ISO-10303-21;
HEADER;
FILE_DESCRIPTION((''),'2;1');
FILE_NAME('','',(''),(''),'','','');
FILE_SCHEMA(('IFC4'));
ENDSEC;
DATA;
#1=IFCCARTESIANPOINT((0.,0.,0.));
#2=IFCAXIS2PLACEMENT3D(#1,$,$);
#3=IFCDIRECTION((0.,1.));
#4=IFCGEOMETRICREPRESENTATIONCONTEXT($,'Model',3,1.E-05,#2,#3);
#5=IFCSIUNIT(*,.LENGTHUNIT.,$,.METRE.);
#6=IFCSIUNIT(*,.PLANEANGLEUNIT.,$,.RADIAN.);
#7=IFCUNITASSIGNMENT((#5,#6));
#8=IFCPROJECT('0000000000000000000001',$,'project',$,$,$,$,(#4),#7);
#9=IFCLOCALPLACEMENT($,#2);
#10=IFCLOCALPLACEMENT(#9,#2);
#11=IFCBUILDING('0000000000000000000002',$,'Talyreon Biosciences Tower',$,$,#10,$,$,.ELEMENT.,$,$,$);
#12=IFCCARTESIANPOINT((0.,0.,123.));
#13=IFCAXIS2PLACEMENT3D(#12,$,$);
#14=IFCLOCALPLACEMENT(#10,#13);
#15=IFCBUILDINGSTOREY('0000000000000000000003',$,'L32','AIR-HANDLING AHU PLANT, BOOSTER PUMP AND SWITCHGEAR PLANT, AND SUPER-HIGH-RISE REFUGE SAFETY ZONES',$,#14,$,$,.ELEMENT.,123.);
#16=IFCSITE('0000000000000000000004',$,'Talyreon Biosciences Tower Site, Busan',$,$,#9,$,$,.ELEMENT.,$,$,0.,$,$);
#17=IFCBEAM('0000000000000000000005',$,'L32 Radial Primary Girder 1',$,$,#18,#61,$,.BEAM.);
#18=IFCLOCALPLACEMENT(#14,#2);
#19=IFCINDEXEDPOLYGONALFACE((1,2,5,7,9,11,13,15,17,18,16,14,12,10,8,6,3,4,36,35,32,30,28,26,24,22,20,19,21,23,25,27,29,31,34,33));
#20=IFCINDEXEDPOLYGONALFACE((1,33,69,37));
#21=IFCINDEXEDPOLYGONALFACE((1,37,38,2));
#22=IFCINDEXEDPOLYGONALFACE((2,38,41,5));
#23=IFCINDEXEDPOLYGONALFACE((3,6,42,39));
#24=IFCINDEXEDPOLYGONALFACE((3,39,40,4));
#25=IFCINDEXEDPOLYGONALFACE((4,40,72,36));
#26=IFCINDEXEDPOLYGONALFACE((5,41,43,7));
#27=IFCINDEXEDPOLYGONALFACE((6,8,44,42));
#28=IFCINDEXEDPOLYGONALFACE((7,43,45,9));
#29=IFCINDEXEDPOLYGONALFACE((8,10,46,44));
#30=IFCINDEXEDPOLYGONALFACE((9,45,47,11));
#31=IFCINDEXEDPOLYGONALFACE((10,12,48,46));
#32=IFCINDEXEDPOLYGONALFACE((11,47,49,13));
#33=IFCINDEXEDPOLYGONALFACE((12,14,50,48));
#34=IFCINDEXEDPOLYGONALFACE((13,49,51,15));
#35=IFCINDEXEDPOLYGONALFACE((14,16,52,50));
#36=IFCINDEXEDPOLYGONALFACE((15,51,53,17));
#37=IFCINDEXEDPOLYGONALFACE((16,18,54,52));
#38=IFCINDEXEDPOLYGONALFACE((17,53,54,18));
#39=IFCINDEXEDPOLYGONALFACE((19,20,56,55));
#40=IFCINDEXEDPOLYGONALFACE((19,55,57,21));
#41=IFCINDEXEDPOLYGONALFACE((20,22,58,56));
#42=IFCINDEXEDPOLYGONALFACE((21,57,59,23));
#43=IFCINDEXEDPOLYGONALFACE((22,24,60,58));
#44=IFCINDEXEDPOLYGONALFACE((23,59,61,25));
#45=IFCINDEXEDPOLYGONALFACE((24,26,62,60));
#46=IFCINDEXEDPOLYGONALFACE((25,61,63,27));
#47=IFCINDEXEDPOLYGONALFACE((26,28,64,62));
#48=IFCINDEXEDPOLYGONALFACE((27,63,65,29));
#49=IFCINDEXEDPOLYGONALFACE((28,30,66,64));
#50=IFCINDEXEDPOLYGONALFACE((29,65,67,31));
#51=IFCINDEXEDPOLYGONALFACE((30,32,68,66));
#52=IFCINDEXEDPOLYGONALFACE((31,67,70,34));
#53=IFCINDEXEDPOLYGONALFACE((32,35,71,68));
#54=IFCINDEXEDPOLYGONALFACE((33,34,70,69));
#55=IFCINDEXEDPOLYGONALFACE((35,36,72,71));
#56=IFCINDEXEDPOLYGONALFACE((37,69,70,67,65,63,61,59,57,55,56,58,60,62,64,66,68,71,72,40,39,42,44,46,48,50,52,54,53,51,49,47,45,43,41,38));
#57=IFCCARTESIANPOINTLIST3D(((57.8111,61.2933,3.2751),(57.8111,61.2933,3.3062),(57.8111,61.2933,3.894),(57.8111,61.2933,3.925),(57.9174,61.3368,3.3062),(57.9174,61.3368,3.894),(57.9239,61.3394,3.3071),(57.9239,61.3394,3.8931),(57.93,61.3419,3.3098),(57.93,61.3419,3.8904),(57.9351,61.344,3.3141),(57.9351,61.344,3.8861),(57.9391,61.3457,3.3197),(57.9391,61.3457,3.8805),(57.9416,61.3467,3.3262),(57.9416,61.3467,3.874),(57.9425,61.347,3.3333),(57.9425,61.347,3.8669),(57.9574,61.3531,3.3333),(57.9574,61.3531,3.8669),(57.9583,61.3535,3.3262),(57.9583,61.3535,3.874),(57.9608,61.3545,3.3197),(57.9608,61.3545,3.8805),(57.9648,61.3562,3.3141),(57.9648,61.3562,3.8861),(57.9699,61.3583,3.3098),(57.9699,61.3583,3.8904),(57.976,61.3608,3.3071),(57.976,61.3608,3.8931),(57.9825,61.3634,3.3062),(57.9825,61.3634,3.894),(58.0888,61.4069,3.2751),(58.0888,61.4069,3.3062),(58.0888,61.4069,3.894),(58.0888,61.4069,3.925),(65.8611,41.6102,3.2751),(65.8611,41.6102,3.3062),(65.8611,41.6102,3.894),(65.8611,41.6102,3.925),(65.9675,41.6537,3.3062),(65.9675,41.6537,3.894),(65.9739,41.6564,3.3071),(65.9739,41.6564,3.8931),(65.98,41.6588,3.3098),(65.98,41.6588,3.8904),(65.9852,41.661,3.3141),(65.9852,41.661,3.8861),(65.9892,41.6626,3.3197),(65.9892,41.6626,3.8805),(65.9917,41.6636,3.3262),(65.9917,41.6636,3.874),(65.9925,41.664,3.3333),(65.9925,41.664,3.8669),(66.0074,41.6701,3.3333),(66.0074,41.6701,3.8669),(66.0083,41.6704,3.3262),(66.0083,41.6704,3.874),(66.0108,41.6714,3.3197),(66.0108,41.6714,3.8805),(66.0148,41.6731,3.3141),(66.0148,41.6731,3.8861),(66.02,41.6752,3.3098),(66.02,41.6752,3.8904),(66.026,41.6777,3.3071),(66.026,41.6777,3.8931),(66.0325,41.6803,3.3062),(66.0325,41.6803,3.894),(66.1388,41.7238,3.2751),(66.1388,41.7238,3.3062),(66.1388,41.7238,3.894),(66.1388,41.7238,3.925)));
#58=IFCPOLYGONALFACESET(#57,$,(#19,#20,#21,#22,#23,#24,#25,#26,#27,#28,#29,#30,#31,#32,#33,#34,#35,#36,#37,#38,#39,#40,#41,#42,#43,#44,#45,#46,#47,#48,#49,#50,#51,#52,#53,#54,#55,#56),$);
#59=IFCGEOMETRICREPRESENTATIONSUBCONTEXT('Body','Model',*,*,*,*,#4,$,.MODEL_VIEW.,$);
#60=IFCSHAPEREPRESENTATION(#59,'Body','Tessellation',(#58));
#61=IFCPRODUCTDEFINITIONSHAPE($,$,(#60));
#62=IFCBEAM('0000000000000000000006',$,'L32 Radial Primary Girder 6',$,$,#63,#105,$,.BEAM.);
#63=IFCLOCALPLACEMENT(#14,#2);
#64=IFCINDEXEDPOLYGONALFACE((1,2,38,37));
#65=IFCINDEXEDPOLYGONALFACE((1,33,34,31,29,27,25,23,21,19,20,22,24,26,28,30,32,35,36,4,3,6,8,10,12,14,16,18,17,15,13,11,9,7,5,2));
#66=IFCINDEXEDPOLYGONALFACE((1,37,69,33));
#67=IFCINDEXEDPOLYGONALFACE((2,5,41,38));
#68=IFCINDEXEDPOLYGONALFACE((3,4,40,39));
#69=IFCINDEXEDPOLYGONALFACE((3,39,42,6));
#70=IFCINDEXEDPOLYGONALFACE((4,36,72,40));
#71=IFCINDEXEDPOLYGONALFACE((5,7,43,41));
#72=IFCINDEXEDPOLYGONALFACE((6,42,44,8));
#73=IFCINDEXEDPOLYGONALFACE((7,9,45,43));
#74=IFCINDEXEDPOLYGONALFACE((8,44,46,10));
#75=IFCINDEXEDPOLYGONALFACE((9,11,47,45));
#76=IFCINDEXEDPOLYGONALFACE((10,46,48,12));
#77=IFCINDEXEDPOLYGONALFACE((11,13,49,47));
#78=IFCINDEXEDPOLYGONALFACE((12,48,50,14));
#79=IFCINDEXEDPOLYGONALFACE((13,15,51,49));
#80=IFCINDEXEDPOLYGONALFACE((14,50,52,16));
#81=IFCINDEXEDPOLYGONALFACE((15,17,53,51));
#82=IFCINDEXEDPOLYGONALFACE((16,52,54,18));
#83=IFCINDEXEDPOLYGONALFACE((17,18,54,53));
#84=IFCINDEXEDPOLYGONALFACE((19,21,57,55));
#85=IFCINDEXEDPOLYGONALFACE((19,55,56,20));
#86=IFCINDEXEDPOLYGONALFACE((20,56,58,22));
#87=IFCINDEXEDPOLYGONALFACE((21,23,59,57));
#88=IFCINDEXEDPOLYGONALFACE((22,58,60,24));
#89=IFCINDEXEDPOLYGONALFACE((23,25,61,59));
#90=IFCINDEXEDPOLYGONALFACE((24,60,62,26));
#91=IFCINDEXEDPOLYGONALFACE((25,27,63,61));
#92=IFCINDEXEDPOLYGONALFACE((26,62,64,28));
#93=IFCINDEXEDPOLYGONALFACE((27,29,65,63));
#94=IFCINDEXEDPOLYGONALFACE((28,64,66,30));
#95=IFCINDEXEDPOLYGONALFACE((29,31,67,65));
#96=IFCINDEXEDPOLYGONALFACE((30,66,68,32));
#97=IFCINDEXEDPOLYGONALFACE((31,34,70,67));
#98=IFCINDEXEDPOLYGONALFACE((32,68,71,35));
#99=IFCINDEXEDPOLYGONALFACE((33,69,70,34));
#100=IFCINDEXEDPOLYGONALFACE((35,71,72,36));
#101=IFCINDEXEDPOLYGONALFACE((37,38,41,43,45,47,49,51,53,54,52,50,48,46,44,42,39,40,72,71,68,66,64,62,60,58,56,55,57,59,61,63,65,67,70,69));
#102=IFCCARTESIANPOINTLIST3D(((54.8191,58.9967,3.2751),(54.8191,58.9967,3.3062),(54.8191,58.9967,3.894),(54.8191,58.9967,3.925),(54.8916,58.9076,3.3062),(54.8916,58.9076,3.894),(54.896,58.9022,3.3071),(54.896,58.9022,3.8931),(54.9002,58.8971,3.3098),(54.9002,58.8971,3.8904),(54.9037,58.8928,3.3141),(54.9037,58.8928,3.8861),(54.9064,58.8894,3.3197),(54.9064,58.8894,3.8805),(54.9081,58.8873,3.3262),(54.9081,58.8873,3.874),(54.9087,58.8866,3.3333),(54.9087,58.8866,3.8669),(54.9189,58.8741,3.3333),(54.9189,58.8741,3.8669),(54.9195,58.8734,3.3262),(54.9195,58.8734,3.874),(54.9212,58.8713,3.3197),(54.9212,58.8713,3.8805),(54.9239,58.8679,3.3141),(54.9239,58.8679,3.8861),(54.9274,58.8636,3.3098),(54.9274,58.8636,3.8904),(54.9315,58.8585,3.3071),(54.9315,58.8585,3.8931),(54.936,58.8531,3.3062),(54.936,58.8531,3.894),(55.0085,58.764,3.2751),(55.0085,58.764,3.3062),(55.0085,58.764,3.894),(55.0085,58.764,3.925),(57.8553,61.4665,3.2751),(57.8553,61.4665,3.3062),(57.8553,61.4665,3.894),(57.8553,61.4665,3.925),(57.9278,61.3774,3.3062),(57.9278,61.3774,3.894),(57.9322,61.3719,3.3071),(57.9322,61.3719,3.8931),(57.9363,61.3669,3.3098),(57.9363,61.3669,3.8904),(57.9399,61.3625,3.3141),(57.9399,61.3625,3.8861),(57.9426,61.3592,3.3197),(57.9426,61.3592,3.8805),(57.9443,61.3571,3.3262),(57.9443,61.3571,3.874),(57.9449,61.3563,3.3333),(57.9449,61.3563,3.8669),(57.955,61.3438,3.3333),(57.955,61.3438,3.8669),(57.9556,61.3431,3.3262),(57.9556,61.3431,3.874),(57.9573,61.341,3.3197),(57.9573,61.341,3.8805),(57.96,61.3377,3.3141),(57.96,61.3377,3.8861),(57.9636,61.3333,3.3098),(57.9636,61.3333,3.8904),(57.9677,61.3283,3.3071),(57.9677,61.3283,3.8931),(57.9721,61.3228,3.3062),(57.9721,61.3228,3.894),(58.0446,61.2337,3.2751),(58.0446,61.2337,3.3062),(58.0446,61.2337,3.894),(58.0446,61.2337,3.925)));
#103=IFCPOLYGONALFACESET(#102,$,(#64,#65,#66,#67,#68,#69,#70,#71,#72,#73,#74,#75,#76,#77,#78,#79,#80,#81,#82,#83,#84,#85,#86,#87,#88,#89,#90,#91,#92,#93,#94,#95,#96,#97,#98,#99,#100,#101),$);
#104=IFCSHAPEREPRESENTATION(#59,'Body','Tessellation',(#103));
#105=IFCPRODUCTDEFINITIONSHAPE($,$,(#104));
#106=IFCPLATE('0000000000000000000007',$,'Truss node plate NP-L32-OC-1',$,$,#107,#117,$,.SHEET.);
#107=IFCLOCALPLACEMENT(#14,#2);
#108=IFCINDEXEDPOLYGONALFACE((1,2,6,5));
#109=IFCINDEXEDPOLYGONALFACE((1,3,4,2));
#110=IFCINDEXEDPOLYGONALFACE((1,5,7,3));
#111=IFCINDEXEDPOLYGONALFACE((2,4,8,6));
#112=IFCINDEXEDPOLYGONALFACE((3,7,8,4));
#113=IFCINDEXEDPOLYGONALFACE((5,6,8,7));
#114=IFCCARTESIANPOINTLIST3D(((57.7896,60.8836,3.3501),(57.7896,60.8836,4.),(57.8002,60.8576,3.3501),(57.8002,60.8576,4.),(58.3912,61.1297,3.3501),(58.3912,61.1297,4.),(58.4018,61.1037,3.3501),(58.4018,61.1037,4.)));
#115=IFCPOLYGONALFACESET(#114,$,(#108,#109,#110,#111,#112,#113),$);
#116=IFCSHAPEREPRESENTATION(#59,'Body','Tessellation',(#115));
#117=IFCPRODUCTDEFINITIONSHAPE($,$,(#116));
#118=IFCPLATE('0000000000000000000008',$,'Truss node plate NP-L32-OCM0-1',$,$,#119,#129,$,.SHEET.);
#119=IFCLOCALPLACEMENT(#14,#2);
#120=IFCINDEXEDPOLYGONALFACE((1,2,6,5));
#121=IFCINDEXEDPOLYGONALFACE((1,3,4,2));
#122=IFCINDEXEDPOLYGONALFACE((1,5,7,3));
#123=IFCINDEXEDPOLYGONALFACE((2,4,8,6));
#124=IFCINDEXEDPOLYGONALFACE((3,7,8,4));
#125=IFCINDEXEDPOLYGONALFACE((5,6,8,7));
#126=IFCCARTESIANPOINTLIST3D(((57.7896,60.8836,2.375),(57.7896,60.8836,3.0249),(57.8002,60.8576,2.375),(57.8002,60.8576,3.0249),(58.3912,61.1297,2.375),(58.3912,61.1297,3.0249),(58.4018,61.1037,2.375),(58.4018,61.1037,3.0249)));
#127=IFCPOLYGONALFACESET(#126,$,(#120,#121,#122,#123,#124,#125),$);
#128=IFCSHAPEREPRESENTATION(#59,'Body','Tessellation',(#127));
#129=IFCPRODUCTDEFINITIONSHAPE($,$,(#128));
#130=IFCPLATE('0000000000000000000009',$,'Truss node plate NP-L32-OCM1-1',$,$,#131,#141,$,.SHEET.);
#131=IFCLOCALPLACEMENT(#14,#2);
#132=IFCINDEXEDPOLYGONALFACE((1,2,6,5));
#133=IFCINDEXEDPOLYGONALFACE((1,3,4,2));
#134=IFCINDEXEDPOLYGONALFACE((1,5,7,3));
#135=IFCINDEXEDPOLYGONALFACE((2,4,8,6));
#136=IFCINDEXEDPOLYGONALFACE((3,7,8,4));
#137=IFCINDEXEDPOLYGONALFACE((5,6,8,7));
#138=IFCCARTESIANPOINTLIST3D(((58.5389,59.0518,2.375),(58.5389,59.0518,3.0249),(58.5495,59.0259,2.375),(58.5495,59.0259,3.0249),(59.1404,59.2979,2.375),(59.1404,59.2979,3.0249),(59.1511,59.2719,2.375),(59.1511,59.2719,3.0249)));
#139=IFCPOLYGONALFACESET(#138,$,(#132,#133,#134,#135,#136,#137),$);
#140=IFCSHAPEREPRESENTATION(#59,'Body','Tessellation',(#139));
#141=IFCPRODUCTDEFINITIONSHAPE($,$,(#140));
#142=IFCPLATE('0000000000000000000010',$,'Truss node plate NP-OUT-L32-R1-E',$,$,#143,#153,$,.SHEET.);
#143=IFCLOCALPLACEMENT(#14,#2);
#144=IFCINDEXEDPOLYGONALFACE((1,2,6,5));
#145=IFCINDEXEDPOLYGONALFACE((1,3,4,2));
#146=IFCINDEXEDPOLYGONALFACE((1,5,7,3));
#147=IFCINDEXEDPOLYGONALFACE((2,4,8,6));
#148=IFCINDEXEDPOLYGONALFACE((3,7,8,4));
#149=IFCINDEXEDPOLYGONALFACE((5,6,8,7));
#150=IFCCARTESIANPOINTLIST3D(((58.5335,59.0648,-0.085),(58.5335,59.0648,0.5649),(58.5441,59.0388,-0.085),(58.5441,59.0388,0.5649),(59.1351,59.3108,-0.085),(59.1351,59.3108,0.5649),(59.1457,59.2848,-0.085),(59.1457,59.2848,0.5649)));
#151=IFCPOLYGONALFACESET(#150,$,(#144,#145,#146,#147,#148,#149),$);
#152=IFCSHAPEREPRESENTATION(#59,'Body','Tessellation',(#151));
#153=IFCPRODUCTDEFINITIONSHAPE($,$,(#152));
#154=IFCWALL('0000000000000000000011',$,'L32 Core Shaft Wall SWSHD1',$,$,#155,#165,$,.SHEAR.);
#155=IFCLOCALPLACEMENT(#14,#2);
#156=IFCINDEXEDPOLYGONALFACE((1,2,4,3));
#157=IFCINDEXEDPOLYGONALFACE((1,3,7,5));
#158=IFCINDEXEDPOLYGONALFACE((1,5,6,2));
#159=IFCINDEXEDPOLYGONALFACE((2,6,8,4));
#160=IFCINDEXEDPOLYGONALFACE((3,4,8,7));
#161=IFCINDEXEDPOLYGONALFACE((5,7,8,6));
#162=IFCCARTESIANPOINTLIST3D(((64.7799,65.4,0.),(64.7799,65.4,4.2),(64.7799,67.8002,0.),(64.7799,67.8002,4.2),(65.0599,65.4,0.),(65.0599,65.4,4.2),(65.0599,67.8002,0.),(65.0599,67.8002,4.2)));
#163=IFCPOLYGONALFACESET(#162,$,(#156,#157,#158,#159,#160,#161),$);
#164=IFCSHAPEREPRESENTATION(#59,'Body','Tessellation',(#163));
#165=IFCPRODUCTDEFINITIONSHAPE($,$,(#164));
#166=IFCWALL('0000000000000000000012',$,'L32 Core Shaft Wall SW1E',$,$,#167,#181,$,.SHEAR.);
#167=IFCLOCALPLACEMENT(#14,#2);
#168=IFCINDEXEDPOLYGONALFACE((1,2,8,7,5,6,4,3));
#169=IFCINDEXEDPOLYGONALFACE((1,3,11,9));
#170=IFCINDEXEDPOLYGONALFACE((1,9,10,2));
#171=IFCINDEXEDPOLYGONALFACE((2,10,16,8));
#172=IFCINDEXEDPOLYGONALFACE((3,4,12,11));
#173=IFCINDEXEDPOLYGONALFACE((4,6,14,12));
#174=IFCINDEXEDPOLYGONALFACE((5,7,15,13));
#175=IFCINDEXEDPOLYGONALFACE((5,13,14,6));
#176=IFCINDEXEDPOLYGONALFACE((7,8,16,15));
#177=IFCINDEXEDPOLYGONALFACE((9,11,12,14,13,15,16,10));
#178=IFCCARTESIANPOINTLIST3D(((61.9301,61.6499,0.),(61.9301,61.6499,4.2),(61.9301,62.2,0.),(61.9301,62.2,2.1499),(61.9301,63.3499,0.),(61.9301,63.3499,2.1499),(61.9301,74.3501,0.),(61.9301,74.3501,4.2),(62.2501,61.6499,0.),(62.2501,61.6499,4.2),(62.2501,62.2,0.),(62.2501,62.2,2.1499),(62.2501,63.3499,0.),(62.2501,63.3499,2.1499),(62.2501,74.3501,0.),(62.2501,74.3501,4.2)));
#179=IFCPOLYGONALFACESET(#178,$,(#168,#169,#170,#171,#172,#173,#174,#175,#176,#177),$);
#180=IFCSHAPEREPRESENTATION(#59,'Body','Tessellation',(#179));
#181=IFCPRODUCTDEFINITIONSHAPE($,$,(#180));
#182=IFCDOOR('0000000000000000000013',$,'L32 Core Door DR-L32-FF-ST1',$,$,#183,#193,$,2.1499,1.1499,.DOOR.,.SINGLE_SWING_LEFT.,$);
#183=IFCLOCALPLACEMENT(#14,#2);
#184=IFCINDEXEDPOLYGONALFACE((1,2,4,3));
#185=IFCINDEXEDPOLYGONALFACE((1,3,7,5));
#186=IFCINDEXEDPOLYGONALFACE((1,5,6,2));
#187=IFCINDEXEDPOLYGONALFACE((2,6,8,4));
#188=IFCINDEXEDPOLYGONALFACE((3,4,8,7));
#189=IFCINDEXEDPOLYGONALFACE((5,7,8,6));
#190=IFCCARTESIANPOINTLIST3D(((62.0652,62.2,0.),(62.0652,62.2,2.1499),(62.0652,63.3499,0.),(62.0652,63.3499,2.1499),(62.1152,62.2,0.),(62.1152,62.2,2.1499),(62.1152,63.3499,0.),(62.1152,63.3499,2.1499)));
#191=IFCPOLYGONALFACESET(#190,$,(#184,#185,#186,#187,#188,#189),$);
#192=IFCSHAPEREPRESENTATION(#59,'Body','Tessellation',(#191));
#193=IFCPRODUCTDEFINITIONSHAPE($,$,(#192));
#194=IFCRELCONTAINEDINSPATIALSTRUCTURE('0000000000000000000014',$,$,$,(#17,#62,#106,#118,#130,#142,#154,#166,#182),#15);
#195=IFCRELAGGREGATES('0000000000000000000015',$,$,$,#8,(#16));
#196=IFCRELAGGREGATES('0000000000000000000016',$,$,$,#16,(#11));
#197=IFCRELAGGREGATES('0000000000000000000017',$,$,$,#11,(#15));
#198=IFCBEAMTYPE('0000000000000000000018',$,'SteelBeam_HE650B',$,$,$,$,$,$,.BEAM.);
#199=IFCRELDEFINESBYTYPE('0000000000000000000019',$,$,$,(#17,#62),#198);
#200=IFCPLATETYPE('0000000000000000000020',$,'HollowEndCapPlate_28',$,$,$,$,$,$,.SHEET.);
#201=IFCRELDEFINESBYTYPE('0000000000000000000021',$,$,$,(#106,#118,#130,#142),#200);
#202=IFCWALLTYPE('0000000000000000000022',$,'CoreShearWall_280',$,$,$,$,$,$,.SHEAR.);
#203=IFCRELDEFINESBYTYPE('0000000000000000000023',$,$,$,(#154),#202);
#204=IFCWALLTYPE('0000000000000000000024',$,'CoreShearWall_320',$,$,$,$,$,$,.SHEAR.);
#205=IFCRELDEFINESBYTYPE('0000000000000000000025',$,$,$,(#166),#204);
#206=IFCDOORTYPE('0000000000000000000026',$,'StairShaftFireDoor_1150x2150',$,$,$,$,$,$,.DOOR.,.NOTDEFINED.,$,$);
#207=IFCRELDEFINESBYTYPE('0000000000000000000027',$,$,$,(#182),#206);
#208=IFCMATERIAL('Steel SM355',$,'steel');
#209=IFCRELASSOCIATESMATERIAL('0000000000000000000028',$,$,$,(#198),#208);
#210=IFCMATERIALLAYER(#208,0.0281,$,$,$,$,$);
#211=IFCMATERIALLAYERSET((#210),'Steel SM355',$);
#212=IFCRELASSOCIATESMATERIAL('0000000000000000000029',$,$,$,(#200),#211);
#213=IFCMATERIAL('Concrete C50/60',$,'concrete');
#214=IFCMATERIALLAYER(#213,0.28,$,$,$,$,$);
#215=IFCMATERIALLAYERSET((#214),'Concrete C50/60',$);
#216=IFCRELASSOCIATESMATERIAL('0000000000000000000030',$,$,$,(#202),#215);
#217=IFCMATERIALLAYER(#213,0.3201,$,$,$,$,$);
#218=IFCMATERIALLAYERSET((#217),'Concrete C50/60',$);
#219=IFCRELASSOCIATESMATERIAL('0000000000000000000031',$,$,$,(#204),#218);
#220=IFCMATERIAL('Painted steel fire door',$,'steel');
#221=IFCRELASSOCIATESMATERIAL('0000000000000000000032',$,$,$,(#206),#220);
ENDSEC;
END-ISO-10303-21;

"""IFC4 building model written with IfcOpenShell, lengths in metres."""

from ifc_helpers import new_model, si_unit, direction, frame, frame_2d, origin, origin_2d, place, context, subcontext, project, spatial, rectangle, i_section, extrude, material, layer, layer_set, material_profile, profile_set, type_object, element, fill, save


model = new_model("IFC4")

# Units and contexts
model_context = context("Model", 3, precision=1e-05, world=origin(), true_north=direction((0.0, 1.0)))
body_context = subcontext(model_context, "Body", "Model", "MODEL_VIEW")
ifc_project = project(units=[si_unit("LENGTHUNIT", "METRE"), si_unit("PLANEANGLEUNIT", "RADIAN")], contexts=[model_context])

# Site, building, storey
site_placement = place(None, origin())
site = spatial("IfcSite", under=ifc_project, at=site_placement, Name="Talyreon Biosciences Tower Site, Busan", CompositionType="ELEMENT", RefElevation=0.0)
building_placement = place(site_placement, origin())
building = spatial("IfcBuilding", under=site, at=building_placement, Name="Talyreon Biosciences Tower", CompositionType="ELEMENT")
storey_placement = place(building_placement, frame((0.0, 0.0, 123.0)))
storey = spatial("IfcBuildingStorey", under=building, at=storey_placement, Name="L32", Description="AIR-HANDLING AHU PLANT, BOOSTER PUMP AND SWITCHGEAR PLANT, AND SUPER-HIGH-RISE REFUGE SAFETY ZONES", CompositionType="ELEMENT", Elevation=123.0)

# Shared definitions
ifc_material_1 = material(Name="Concrete C50/60", Category="concrete")

# Shared definitions
ifc_material_2 = material(Name="Steel SM355", Category="steel")

# Beams
ifc_material_profile_1 = material_profile(ifc_material_2, i_section(OverallWidth=0.3, OverallDepth=0.6499, WebThickness=0.0161, FlangeThickness=0.031, FilletRadius=0.0271, at=origin_2d()), Name="HE650B")
ifc_profile_set_1 = profile_set([ifc_material_profile_1], Name="Steel SM355")
beam_type = type_object("IfcBeamType", Name="SteelBeam_HE650B", PredefinedType="BEAM", material=ifc_profile_set_1)
beam_1_placement = place(storey_placement, frame((57.95, 61.3501, 3.6001), z_axis=(0.378547, -0.925582, 0.0), x_axis=(0.925582, 0.378547, 0.0)))
element("IfcBeam", 1, at=beam_1_placement, inside=storey, type_object=beam_type, Name="L32 Radial Primary Girder 1", PredefinedType="BEAM", context=body_context, shape_type="SweptSolid", body=[
    extrude(i_section(OverallWidth=0.3, OverallDepth=0.6499, WebThickness=0.0161, FlangeThickness=0.031, FilletRadius=0.0271, at=origin_2d()), origin(), (0.0, 0.0, 1.0), 21.2656),
])
beam_2_placement = place(storey_placement, frame((57.95, 61.3501, 3.6001), z_axis=(-0.775755, -0.631034, 0.0), x_axis=(0.631034, -0.775755, 0.0)))
element("IfcBeam", 2, at=beam_2_placement, inside=storey, type_object=beam_type, Name="L32 Radial Primary Girder 6", PredefinedType="BEAM", context=body_context, shape_type="SweptSolid", body=[
    extrude(i_section(OverallWidth=0.3, OverallDepth=0.6499, WebThickness=0.0161, FlangeThickness=0.031, FilletRadius=0.0271, at=origin_2d()), origin(), (0.0, 0.0, 1.0), 3.9138),
])

# Plates
ifc_layer_1 = layer(ifc_material_2, 0.0281)
ifc_layer_set_1 = layer_set([ifc_layer_1], Name="Steel SM355")
plate_type = type_object("IfcPlateType", Name="HollowEndCapPlate_28", PredefinedType="SHEET", material=ifc_layer_set_1)
for number, where, z_axis, x_axis, name in (
    (3, (58.0957, 60.9937, 3.3501), (0.0, 0.0, 1.0), (0.92558, 0.378552, 0.0), "Truss node plate NP-L32-OC-1"),
    (4, (58.0957, 60.9937, 2.375), (0.0, 0.0, 1.0), (0.92558, 0.378552, 0.0), "Truss node plate NP-L32-OCM0-1"),
    (5, (58.845, 59.1619, 2.375), (0.0, 0.0, 1.0), (0.92558, 0.378552, 0.0), "Truss node plate NP-L32-OCM1-1"),
    (6, (58.8396, 59.1748, -0.085), (0.0, 0.0, 1.0), (0.92558, 0.378552, 0.0), "Truss node plate NP-OUT-L32-R1-E"),
):
    element("IfcPlate", number, at=place(storey_placement, frame(where, z_axis=z_axis, x_axis=x_axis)), inside=storey, type_object=plate_type, Name=name, PredefinedType="SHEET", context=body_context, shape_type="SweptSolid", body=[
        extrude(rectangle(XDim=0.6499, YDim=0.0281, at=origin_2d()), origin(), (0.0, 0.0, 1.0), 0.6499),
    ])

# Wall
ifc_layer_2 = layer(ifc_material_1, 0.28)
ifc_layer_set_2 = layer_set([ifc_layer_2], Name="Concrete C50/60")
wall_type_1 = type_object("IfcWallType", Name="CoreShearWall_280", PredefinedType="SHEAR", material=ifc_layer_set_2)
wall_1_placement = place(storey_placement, frame((64.9199, 65.3999, 0.0), z_axis=(0.0, 0.0, 1.0), x_axis=(0.0, 1.0, 0.0)))
element("IfcWall", 7, at=wall_1_placement, inside=storey, type_object=wall_type_1, Name="L32 Core Shaft Wall SWSHD1", PredefinedType="SHEAR", context=body_context, shape_type="SweptSolid", body=[
    extrude(rectangle(XDim=2.4001, YDim=0.28, at=frame_2d((1.2002, 0.0))), origin(), (0.0, 0.0, 1.0), 4.2),
])

# Wall, opening, door
ifc_layer_3 = layer(ifc_material_1, 0.3201)
ifc_layer_set_3 = layer_set([ifc_layer_3], Name="Concrete C50/60")
wall_type_2 = type_object("IfcWallType", Name="CoreShearWall_320", PredefinedType="SHEAR", material=ifc_layer_set_3)
wall_2_placement = place(storey_placement, frame((62.0901, 61.6499, 0.0), z_axis=(0.0, 0.0, 1.0), x_axis=(0.0, 1.0, 0.0)))
wall_2 = element("IfcWall", 8, at=wall_2_placement, inside=storey, type_object=wall_type_2, Name="L32 Core Shaft Wall SW1E", PredefinedType="SHEAR", context=body_context, shape_type="SweptSolid", body=[
    extrude(rectangle(XDim=12.7002, YDim=0.3201, at=frame_2d((6.3501, 0.0))), origin(), (0.0, 0.0, 1.0), 4.2),
])
opening_1_placement = place(wall_2_placement, frame((0.55, 0.0, 0.0)))
opening_1 = element("IfcOpeningElement", 9, at=opening_1_placement, cuts=wall_2, PredefinedType="OPENING", context=body_context, shape_type="SweptSolid", body=[
    extrude(rectangle(XDim=1.1499, YDim=2.1499, at=frame_2d((0.575, 1.075))), frame((0.0, 0.1699, 0.0), z_axis=(0.0, -1.0, 0.0), x_axis=(1.0, 0.0, 0.0)), (0.0, 0.0, 1.0), 0.3401),
])
ifc_material_3 = material(Name="Painted steel fire door", Category="steel")
door_type_1 = type_object("IfcDoorType", Name="StairShaftFireDoor_1150x2150", OperationType="NOTDEFINED", PredefinedType="DOOR", material=ifc_material_3)
door_1_placement = place(opening_1_placement, origin())
door_1 = element("IfcDoor", 10, at=door_1_placement, inside=storey, type_object=door_type_1, Name="L32 Core Door DR-L32-FF-ST1", OperationType="SINGLE_SWING_LEFT", OverallHeight=2.1499, OverallWidth=1.1499, PredefinedType="DOOR", context=body_context, shape_type="SweptSolid", body=[
    extrude(rectangle(XDim=1.1499, YDim=2.1499, at=frame_2d((0.575, 1.075))), frame((0.0, 0.0249, 0.0), z_axis=(0.0, -1.0, 0.0), x_axis=(1.0, 0.0, 0.0)), (0.0, 0.0, 1.0), 0.05),
])
fill(opening_1, door_1)

save(model, "model.ifc")
